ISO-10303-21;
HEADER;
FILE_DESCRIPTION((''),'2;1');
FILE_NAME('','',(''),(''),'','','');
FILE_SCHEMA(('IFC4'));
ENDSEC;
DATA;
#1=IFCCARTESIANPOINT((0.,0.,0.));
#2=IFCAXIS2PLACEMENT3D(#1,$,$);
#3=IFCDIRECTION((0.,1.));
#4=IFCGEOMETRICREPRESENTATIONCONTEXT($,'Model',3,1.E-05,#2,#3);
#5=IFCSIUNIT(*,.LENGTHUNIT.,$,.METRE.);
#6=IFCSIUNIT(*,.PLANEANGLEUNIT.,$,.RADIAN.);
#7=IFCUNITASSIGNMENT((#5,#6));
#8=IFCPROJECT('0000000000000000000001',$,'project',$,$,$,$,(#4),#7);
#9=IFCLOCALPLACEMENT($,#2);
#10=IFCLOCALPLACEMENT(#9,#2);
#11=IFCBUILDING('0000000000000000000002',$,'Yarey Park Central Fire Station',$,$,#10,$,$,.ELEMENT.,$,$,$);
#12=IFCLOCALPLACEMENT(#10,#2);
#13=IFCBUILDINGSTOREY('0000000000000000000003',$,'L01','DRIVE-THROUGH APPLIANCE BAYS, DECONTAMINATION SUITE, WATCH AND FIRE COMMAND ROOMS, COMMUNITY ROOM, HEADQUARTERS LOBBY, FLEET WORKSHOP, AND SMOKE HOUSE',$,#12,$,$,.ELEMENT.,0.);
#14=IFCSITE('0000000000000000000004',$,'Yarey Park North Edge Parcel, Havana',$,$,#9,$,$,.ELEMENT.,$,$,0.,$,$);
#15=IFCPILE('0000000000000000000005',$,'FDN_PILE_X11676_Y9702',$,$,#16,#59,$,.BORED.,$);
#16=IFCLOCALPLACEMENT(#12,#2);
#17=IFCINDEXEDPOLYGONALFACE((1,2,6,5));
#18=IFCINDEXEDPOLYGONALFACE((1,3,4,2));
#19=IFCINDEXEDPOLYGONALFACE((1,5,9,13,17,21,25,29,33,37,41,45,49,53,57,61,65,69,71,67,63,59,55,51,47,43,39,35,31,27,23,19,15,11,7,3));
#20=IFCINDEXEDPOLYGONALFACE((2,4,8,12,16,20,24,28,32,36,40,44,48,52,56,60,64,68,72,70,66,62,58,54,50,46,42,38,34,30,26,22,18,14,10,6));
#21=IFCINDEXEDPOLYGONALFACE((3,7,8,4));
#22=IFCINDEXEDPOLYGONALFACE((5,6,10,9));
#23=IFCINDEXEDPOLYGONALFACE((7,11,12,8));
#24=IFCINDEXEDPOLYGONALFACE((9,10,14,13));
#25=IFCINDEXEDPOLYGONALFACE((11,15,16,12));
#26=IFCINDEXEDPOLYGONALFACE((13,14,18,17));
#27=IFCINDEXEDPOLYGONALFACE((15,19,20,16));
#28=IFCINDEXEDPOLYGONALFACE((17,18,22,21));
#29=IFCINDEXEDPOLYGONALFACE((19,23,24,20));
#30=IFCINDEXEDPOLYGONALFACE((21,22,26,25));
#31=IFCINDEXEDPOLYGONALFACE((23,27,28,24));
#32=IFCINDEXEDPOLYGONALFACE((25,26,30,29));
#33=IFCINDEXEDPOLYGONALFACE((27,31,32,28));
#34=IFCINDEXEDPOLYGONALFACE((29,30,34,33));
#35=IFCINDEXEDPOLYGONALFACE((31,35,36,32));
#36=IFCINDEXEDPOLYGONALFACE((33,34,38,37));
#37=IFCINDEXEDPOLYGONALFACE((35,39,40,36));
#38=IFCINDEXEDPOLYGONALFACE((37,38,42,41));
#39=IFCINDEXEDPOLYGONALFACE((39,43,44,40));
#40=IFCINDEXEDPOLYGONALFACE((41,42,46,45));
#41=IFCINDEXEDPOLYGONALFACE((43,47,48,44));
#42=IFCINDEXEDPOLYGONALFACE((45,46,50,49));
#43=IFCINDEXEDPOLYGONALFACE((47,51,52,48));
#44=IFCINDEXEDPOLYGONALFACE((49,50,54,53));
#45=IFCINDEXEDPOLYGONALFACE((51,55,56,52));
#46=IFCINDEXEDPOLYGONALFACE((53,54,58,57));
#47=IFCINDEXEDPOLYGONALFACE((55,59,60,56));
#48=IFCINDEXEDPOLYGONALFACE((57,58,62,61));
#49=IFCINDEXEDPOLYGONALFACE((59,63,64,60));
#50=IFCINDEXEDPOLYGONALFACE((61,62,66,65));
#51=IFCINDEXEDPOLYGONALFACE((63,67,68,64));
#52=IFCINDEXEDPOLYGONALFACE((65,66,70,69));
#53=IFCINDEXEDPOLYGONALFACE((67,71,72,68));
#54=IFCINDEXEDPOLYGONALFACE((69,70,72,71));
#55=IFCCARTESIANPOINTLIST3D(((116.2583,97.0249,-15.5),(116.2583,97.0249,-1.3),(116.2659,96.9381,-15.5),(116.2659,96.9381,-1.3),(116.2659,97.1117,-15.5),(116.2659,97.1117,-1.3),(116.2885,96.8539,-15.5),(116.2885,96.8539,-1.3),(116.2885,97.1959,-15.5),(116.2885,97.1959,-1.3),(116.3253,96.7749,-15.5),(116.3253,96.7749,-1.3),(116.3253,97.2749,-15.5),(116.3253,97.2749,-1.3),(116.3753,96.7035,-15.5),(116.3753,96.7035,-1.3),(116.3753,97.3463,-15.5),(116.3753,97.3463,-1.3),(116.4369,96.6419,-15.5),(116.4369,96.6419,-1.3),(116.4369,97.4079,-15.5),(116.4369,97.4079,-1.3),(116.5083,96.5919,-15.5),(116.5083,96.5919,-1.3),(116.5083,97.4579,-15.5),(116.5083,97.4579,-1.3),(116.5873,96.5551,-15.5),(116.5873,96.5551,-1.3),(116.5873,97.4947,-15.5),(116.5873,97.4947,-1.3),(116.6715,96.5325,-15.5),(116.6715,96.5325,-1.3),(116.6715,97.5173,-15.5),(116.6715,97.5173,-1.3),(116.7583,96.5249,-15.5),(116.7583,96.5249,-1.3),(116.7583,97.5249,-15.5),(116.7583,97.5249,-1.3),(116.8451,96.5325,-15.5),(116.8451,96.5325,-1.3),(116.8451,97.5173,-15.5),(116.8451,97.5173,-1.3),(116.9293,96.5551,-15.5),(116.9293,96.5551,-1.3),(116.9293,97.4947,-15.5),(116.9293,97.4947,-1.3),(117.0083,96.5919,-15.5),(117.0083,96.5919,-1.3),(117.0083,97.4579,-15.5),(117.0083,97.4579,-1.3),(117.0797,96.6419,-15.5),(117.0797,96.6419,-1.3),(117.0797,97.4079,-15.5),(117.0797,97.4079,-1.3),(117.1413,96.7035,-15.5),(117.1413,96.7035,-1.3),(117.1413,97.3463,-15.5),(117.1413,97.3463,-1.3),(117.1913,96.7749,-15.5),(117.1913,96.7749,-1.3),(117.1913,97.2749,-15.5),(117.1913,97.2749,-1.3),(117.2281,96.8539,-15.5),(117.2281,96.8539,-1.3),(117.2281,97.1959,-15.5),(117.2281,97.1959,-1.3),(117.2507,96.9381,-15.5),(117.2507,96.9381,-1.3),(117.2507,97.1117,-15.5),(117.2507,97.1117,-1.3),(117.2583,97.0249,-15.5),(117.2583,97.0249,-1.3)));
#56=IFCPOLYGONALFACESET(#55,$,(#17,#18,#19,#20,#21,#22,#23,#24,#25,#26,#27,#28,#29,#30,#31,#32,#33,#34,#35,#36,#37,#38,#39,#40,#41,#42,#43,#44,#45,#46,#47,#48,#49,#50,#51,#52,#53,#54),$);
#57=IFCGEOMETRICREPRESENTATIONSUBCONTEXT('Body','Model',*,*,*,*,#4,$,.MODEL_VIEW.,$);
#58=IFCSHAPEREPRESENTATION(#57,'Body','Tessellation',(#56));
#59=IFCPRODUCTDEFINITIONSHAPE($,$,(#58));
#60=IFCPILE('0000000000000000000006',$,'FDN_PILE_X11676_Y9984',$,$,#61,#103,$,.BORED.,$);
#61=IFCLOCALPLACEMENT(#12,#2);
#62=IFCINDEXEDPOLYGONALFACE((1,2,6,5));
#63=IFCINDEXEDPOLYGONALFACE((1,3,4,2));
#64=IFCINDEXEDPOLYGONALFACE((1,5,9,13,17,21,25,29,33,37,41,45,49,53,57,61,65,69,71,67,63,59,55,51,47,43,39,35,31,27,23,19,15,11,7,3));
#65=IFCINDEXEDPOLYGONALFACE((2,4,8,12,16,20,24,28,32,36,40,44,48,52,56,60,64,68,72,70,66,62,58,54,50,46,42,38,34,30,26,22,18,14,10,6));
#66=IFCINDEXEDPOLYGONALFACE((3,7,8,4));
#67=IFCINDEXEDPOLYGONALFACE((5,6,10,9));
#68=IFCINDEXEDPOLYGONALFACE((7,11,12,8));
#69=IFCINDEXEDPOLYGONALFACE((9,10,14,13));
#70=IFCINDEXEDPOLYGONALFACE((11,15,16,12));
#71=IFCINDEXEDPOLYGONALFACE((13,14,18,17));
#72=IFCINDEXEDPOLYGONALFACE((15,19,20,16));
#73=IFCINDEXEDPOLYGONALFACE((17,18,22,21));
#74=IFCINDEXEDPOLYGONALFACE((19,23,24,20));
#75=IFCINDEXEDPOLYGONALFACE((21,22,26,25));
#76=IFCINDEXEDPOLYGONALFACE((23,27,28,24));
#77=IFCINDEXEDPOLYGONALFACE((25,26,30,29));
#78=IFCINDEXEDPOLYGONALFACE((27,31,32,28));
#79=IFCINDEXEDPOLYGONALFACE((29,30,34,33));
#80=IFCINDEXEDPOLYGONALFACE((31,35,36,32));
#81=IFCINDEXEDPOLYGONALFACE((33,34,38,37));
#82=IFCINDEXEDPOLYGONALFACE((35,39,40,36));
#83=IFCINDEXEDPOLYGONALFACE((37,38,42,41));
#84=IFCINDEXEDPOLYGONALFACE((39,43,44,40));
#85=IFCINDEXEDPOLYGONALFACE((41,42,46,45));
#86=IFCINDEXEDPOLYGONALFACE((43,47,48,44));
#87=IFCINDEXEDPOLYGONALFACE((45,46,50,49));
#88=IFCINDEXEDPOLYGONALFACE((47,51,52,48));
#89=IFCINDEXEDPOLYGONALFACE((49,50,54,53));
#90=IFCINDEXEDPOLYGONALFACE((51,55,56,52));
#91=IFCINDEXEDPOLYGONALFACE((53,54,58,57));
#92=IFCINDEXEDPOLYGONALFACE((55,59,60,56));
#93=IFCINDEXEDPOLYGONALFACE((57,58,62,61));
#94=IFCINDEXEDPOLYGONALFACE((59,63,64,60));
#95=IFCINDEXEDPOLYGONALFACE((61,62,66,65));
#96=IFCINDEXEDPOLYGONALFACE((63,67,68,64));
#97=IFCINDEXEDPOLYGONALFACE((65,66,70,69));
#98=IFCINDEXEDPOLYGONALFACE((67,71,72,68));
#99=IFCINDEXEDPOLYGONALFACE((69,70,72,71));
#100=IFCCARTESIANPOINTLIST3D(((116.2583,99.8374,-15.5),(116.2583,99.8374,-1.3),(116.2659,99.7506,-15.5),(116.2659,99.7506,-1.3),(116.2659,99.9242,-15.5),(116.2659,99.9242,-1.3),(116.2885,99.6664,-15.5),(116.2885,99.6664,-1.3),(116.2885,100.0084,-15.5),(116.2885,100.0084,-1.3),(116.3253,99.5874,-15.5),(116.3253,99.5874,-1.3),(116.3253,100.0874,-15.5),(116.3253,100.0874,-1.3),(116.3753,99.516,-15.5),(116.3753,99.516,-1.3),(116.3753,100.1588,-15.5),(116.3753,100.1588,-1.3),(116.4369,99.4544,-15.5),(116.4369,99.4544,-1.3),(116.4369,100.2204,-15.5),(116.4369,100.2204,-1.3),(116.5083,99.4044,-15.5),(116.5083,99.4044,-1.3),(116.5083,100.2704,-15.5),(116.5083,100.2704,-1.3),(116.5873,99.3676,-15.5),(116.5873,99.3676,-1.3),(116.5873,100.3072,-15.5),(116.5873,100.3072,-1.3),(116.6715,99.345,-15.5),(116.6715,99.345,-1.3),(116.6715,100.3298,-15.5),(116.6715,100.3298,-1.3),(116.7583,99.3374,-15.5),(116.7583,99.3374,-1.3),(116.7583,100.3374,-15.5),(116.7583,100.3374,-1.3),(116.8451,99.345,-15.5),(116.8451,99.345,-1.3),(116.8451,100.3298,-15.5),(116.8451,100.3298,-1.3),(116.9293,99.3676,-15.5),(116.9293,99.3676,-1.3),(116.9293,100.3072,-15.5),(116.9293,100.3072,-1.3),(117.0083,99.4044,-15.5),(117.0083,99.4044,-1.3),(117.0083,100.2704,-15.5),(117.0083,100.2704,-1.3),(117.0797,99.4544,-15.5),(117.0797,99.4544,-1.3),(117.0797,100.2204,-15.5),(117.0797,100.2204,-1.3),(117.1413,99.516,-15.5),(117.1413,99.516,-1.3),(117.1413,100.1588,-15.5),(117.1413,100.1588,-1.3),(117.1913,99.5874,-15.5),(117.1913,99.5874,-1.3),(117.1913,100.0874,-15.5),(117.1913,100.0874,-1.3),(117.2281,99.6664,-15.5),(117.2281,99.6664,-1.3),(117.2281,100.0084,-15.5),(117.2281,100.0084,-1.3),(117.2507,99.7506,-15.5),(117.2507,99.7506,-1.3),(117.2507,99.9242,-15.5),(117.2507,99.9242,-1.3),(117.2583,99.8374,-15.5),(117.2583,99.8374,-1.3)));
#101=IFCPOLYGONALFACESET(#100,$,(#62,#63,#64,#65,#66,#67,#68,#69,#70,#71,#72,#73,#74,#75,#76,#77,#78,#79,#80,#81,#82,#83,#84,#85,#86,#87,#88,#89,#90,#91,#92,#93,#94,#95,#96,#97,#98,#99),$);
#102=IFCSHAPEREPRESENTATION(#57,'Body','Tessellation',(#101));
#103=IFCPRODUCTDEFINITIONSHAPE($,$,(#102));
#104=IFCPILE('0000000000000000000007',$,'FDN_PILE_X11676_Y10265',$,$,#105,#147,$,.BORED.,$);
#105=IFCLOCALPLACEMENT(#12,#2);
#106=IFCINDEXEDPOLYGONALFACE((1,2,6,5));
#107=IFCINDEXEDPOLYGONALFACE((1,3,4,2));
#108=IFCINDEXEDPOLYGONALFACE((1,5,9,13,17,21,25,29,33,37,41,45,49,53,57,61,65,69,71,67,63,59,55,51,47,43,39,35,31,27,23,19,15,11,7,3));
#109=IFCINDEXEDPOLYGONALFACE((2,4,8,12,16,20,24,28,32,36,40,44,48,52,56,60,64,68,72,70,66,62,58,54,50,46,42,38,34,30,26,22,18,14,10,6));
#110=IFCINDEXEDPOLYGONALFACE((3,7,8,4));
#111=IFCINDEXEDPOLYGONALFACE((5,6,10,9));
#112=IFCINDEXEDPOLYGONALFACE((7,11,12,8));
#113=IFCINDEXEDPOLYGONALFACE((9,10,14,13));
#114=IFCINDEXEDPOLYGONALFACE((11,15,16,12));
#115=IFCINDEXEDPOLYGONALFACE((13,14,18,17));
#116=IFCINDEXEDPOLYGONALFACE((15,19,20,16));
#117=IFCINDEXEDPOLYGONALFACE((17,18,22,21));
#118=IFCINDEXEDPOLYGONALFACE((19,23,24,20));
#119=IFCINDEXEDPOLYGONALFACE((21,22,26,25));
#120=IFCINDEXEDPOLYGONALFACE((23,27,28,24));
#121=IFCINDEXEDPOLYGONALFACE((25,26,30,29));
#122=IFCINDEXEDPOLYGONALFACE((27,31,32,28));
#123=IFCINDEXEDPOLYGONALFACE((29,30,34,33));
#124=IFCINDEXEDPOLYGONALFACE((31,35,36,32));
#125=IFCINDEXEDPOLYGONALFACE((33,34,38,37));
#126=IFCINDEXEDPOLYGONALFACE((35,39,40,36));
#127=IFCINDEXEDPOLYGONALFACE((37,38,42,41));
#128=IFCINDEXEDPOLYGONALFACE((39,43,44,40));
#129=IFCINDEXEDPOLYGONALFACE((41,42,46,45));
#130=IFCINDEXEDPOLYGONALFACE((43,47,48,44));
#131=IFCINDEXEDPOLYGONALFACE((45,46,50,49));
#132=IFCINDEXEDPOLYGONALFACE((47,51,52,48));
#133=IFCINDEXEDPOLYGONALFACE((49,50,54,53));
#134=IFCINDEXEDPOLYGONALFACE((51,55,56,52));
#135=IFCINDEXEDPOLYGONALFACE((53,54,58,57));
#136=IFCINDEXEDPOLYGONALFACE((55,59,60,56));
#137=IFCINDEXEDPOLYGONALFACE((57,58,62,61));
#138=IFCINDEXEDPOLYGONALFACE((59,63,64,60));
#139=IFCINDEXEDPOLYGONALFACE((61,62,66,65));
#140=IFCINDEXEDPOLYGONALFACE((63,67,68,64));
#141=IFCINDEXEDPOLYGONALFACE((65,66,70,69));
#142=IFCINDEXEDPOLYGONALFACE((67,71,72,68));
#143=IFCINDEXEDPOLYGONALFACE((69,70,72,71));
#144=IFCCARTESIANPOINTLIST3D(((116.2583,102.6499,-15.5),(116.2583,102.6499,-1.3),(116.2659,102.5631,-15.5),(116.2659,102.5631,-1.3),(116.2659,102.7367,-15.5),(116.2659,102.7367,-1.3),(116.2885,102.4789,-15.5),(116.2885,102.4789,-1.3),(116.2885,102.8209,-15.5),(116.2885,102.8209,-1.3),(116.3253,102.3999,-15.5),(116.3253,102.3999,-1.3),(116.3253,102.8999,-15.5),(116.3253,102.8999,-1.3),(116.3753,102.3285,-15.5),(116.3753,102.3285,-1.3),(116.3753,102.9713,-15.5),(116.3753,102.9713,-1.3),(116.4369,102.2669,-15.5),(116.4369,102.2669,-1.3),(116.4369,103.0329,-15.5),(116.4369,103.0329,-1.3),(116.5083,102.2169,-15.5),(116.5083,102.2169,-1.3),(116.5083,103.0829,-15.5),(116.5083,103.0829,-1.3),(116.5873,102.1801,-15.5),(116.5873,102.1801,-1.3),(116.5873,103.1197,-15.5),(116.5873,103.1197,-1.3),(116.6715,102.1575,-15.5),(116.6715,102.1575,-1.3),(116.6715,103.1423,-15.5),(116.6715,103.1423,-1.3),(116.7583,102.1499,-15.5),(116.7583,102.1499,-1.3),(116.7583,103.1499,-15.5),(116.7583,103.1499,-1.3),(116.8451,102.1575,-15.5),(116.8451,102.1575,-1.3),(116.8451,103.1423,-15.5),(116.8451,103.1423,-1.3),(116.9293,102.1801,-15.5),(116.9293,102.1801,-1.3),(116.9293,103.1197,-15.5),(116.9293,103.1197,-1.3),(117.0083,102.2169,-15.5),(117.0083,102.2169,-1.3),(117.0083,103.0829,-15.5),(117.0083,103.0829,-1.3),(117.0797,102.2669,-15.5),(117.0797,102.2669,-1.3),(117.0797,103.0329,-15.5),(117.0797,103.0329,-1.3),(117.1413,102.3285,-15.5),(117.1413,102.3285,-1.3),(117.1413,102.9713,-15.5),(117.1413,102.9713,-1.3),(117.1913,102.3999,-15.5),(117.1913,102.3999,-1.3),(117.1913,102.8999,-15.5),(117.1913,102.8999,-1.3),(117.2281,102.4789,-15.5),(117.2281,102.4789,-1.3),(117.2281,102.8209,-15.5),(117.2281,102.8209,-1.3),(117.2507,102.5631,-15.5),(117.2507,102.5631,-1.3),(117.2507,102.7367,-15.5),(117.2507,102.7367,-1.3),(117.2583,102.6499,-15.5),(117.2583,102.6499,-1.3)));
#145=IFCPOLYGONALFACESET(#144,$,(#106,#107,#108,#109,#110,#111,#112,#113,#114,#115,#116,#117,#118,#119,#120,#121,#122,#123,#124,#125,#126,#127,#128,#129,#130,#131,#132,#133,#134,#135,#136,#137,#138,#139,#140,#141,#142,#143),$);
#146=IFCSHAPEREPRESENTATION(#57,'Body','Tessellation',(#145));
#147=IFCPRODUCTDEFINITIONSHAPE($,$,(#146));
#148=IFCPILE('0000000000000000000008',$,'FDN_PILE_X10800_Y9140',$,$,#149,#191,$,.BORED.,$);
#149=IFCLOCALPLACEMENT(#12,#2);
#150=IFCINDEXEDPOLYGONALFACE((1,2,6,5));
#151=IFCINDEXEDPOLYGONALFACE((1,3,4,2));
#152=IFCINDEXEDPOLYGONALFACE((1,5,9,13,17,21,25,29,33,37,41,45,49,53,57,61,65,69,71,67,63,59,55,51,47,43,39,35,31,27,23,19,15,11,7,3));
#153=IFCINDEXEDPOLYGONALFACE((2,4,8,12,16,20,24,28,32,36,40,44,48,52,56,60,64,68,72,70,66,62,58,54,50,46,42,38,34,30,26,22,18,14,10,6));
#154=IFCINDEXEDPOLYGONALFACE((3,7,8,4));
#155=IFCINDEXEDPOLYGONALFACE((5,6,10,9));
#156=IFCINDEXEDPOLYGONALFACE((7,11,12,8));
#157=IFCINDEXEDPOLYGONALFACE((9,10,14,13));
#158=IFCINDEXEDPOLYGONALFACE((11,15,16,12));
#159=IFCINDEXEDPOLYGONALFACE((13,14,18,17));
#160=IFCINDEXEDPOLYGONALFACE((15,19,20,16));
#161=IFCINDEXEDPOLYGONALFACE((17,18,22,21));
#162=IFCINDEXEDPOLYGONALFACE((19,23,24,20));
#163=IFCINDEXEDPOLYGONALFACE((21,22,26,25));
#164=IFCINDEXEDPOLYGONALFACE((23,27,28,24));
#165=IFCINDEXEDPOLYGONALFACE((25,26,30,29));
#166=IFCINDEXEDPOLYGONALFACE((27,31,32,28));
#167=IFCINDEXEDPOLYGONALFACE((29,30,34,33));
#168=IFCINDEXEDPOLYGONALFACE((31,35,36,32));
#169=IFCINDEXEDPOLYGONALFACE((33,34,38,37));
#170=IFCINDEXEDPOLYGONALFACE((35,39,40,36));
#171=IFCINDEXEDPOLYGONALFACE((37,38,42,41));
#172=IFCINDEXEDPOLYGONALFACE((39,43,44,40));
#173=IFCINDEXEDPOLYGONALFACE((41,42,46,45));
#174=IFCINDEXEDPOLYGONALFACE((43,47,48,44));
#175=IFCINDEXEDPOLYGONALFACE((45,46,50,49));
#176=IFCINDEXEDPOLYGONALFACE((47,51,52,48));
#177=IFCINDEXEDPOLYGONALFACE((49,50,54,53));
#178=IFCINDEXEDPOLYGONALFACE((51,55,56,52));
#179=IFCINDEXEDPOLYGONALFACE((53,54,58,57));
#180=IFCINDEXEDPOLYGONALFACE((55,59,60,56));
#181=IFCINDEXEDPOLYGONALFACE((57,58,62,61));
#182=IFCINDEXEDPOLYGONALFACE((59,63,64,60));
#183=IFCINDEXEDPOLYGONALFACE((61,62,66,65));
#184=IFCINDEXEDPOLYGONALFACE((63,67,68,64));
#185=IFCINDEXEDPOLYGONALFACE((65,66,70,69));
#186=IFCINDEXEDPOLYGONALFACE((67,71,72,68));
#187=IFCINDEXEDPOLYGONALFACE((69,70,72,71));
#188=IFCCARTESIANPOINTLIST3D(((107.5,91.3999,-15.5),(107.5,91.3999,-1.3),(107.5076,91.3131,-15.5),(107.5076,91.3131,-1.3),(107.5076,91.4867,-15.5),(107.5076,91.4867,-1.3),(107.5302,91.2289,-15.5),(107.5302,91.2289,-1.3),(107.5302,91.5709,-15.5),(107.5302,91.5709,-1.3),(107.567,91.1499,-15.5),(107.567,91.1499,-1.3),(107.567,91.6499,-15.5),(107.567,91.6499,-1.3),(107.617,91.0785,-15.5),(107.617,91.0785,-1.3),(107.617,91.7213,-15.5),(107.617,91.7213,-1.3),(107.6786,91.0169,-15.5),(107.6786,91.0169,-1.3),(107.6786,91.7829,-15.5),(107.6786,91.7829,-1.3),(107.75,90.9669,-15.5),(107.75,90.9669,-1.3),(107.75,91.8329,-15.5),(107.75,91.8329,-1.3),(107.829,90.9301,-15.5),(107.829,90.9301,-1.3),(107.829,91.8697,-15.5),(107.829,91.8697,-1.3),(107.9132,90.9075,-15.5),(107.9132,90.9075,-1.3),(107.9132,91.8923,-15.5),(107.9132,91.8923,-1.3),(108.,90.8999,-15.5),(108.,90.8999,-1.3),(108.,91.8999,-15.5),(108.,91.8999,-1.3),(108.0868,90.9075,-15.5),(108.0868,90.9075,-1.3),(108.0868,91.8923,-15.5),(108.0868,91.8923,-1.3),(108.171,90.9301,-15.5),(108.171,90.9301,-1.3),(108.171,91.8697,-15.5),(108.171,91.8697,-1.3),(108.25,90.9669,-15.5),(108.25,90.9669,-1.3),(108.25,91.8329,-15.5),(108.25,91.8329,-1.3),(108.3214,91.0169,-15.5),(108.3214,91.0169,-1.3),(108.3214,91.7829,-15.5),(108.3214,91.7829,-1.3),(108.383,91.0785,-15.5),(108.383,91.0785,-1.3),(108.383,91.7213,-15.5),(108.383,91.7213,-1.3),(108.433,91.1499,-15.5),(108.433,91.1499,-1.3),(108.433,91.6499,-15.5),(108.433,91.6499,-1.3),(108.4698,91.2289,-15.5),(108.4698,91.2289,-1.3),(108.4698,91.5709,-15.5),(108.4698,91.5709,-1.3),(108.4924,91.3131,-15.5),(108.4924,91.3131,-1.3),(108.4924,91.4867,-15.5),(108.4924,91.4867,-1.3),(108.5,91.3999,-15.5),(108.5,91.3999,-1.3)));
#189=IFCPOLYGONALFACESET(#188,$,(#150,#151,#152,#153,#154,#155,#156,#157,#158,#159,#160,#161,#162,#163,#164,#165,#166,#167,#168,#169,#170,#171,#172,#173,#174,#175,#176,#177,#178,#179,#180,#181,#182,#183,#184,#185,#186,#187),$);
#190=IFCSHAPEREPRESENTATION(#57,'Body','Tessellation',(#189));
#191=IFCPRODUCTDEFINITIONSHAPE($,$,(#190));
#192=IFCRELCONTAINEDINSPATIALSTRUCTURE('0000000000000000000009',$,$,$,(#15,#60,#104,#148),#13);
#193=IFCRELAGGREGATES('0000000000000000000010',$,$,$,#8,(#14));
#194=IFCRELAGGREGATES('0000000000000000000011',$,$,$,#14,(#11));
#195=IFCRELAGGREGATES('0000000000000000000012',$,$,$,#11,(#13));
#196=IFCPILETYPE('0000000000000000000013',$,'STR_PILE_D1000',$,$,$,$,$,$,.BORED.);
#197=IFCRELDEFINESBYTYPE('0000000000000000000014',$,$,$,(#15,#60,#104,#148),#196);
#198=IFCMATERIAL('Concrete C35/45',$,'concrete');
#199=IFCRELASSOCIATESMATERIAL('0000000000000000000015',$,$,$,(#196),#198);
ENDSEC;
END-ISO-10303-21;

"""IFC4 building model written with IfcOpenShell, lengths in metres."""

from ifc_helpers import new_model, si_unit, direction, frame, origin, origin_2d, place, context, subcontext, project, spatial, circle, extrude, material, material_profile, profile_set, type_object, element, save


model = new_model("IFC4")

# Units and contexts
model_context = context("Model", 3, precision=1e-05, world=origin(), true_north=direction((0.0, 1.0)))
body_context = subcontext(model_context, "Body", "Model", "MODEL_VIEW")
ifc_project = project(units=[si_unit("LENGTHUNIT", "METRE"), si_unit("PLANEANGLEUNIT", "RADIAN")], contexts=[model_context])

# Site, building, storey
site_placement = place(None, origin())
site = spatial("IfcSite", under=ifc_project, at=site_placement, Name="Yarey Park North Edge Parcel, Havana", CompositionType="ELEMENT", RefElevation=0.0)
building_placement = place(site_placement, origin())
building = spatial("IfcBuilding", under=site, at=building_placement, Name="Yarey Park Central Fire Station", CompositionType="ELEMENT")
storey_placement = place(building_placement, origin())
storey = spatial("IfcBuildingStorey", under=building, at=storey_placement, Name="L01", Description="DRIVE-THROUGH APPLIANCE BAYS, DECONTAMINATION SUITE, WATCH AND FIRE COMMAND ROOMS, COMMUNITY ROOM, HEADQUARTERS LOBBY, FLEET WORKSHOP, AND SMOKE HOUSE", CompositionType="ELEMENT", Elevation=0.0)

# Shared definitions
ifc_material_1 = material(Name="Concrete C35/45", Category="concrete")

# Piles
ifc_material_profile_1 = material_profile(ifc_material_1, circle(Radius=0.5, at=origin_2d()), Name="BORED PILE D1000")
ifc_profile_set_1 = profile_set([ifc_material_profile_1], Name="Concrete C35/45")
pile_type = type_object("IfcPileType", Name="STR_PILE_D1000", PredefinedType="BORED", material=ifc_profile_set_1)
for number, where, z_axis, x_axis, name in (
    (1, (116.7583, 97.0249, -1.3), (0.0, 0.0, -1.0), (1.0, 0.0, 0.0), "FDN_PILE_X11676_Y9702"),
    (2, (116.7583, 99.8374, -1.3), (0.0, 0.0, -1.0), (1.0, 0.0, 0.0), "FDN_PILE_X11676_Y9984"),
    (3, (116.7583, 102.6499, -1.3), (0.0, 0.0, -1.0), (1.0, 0.0, 0.0), "FDN_PILE_X11676_Y10265"),
    (4, (108.0, 91.3999, -1.3), (0.0, 0.0, -1.0), (1.0, 0.0, 0.0), "FDN_PILE_X10800_Y9140"),
):
    element("IfcPile", number, at=place(storey_placement, frame(where, z_axis=z_axis, x_axis=x_axis)), inside=storey, type_object=pile_type, Name=name, PredefinedType="BORED", context=body_context, shape_type="SweptSolid", body=[
        extrude(circle(Radius=0.5, at=origin_2d()), origin(), (0.0, 0.0, 1.0), 14.2),
    ])

save(model, "model.ifc")
